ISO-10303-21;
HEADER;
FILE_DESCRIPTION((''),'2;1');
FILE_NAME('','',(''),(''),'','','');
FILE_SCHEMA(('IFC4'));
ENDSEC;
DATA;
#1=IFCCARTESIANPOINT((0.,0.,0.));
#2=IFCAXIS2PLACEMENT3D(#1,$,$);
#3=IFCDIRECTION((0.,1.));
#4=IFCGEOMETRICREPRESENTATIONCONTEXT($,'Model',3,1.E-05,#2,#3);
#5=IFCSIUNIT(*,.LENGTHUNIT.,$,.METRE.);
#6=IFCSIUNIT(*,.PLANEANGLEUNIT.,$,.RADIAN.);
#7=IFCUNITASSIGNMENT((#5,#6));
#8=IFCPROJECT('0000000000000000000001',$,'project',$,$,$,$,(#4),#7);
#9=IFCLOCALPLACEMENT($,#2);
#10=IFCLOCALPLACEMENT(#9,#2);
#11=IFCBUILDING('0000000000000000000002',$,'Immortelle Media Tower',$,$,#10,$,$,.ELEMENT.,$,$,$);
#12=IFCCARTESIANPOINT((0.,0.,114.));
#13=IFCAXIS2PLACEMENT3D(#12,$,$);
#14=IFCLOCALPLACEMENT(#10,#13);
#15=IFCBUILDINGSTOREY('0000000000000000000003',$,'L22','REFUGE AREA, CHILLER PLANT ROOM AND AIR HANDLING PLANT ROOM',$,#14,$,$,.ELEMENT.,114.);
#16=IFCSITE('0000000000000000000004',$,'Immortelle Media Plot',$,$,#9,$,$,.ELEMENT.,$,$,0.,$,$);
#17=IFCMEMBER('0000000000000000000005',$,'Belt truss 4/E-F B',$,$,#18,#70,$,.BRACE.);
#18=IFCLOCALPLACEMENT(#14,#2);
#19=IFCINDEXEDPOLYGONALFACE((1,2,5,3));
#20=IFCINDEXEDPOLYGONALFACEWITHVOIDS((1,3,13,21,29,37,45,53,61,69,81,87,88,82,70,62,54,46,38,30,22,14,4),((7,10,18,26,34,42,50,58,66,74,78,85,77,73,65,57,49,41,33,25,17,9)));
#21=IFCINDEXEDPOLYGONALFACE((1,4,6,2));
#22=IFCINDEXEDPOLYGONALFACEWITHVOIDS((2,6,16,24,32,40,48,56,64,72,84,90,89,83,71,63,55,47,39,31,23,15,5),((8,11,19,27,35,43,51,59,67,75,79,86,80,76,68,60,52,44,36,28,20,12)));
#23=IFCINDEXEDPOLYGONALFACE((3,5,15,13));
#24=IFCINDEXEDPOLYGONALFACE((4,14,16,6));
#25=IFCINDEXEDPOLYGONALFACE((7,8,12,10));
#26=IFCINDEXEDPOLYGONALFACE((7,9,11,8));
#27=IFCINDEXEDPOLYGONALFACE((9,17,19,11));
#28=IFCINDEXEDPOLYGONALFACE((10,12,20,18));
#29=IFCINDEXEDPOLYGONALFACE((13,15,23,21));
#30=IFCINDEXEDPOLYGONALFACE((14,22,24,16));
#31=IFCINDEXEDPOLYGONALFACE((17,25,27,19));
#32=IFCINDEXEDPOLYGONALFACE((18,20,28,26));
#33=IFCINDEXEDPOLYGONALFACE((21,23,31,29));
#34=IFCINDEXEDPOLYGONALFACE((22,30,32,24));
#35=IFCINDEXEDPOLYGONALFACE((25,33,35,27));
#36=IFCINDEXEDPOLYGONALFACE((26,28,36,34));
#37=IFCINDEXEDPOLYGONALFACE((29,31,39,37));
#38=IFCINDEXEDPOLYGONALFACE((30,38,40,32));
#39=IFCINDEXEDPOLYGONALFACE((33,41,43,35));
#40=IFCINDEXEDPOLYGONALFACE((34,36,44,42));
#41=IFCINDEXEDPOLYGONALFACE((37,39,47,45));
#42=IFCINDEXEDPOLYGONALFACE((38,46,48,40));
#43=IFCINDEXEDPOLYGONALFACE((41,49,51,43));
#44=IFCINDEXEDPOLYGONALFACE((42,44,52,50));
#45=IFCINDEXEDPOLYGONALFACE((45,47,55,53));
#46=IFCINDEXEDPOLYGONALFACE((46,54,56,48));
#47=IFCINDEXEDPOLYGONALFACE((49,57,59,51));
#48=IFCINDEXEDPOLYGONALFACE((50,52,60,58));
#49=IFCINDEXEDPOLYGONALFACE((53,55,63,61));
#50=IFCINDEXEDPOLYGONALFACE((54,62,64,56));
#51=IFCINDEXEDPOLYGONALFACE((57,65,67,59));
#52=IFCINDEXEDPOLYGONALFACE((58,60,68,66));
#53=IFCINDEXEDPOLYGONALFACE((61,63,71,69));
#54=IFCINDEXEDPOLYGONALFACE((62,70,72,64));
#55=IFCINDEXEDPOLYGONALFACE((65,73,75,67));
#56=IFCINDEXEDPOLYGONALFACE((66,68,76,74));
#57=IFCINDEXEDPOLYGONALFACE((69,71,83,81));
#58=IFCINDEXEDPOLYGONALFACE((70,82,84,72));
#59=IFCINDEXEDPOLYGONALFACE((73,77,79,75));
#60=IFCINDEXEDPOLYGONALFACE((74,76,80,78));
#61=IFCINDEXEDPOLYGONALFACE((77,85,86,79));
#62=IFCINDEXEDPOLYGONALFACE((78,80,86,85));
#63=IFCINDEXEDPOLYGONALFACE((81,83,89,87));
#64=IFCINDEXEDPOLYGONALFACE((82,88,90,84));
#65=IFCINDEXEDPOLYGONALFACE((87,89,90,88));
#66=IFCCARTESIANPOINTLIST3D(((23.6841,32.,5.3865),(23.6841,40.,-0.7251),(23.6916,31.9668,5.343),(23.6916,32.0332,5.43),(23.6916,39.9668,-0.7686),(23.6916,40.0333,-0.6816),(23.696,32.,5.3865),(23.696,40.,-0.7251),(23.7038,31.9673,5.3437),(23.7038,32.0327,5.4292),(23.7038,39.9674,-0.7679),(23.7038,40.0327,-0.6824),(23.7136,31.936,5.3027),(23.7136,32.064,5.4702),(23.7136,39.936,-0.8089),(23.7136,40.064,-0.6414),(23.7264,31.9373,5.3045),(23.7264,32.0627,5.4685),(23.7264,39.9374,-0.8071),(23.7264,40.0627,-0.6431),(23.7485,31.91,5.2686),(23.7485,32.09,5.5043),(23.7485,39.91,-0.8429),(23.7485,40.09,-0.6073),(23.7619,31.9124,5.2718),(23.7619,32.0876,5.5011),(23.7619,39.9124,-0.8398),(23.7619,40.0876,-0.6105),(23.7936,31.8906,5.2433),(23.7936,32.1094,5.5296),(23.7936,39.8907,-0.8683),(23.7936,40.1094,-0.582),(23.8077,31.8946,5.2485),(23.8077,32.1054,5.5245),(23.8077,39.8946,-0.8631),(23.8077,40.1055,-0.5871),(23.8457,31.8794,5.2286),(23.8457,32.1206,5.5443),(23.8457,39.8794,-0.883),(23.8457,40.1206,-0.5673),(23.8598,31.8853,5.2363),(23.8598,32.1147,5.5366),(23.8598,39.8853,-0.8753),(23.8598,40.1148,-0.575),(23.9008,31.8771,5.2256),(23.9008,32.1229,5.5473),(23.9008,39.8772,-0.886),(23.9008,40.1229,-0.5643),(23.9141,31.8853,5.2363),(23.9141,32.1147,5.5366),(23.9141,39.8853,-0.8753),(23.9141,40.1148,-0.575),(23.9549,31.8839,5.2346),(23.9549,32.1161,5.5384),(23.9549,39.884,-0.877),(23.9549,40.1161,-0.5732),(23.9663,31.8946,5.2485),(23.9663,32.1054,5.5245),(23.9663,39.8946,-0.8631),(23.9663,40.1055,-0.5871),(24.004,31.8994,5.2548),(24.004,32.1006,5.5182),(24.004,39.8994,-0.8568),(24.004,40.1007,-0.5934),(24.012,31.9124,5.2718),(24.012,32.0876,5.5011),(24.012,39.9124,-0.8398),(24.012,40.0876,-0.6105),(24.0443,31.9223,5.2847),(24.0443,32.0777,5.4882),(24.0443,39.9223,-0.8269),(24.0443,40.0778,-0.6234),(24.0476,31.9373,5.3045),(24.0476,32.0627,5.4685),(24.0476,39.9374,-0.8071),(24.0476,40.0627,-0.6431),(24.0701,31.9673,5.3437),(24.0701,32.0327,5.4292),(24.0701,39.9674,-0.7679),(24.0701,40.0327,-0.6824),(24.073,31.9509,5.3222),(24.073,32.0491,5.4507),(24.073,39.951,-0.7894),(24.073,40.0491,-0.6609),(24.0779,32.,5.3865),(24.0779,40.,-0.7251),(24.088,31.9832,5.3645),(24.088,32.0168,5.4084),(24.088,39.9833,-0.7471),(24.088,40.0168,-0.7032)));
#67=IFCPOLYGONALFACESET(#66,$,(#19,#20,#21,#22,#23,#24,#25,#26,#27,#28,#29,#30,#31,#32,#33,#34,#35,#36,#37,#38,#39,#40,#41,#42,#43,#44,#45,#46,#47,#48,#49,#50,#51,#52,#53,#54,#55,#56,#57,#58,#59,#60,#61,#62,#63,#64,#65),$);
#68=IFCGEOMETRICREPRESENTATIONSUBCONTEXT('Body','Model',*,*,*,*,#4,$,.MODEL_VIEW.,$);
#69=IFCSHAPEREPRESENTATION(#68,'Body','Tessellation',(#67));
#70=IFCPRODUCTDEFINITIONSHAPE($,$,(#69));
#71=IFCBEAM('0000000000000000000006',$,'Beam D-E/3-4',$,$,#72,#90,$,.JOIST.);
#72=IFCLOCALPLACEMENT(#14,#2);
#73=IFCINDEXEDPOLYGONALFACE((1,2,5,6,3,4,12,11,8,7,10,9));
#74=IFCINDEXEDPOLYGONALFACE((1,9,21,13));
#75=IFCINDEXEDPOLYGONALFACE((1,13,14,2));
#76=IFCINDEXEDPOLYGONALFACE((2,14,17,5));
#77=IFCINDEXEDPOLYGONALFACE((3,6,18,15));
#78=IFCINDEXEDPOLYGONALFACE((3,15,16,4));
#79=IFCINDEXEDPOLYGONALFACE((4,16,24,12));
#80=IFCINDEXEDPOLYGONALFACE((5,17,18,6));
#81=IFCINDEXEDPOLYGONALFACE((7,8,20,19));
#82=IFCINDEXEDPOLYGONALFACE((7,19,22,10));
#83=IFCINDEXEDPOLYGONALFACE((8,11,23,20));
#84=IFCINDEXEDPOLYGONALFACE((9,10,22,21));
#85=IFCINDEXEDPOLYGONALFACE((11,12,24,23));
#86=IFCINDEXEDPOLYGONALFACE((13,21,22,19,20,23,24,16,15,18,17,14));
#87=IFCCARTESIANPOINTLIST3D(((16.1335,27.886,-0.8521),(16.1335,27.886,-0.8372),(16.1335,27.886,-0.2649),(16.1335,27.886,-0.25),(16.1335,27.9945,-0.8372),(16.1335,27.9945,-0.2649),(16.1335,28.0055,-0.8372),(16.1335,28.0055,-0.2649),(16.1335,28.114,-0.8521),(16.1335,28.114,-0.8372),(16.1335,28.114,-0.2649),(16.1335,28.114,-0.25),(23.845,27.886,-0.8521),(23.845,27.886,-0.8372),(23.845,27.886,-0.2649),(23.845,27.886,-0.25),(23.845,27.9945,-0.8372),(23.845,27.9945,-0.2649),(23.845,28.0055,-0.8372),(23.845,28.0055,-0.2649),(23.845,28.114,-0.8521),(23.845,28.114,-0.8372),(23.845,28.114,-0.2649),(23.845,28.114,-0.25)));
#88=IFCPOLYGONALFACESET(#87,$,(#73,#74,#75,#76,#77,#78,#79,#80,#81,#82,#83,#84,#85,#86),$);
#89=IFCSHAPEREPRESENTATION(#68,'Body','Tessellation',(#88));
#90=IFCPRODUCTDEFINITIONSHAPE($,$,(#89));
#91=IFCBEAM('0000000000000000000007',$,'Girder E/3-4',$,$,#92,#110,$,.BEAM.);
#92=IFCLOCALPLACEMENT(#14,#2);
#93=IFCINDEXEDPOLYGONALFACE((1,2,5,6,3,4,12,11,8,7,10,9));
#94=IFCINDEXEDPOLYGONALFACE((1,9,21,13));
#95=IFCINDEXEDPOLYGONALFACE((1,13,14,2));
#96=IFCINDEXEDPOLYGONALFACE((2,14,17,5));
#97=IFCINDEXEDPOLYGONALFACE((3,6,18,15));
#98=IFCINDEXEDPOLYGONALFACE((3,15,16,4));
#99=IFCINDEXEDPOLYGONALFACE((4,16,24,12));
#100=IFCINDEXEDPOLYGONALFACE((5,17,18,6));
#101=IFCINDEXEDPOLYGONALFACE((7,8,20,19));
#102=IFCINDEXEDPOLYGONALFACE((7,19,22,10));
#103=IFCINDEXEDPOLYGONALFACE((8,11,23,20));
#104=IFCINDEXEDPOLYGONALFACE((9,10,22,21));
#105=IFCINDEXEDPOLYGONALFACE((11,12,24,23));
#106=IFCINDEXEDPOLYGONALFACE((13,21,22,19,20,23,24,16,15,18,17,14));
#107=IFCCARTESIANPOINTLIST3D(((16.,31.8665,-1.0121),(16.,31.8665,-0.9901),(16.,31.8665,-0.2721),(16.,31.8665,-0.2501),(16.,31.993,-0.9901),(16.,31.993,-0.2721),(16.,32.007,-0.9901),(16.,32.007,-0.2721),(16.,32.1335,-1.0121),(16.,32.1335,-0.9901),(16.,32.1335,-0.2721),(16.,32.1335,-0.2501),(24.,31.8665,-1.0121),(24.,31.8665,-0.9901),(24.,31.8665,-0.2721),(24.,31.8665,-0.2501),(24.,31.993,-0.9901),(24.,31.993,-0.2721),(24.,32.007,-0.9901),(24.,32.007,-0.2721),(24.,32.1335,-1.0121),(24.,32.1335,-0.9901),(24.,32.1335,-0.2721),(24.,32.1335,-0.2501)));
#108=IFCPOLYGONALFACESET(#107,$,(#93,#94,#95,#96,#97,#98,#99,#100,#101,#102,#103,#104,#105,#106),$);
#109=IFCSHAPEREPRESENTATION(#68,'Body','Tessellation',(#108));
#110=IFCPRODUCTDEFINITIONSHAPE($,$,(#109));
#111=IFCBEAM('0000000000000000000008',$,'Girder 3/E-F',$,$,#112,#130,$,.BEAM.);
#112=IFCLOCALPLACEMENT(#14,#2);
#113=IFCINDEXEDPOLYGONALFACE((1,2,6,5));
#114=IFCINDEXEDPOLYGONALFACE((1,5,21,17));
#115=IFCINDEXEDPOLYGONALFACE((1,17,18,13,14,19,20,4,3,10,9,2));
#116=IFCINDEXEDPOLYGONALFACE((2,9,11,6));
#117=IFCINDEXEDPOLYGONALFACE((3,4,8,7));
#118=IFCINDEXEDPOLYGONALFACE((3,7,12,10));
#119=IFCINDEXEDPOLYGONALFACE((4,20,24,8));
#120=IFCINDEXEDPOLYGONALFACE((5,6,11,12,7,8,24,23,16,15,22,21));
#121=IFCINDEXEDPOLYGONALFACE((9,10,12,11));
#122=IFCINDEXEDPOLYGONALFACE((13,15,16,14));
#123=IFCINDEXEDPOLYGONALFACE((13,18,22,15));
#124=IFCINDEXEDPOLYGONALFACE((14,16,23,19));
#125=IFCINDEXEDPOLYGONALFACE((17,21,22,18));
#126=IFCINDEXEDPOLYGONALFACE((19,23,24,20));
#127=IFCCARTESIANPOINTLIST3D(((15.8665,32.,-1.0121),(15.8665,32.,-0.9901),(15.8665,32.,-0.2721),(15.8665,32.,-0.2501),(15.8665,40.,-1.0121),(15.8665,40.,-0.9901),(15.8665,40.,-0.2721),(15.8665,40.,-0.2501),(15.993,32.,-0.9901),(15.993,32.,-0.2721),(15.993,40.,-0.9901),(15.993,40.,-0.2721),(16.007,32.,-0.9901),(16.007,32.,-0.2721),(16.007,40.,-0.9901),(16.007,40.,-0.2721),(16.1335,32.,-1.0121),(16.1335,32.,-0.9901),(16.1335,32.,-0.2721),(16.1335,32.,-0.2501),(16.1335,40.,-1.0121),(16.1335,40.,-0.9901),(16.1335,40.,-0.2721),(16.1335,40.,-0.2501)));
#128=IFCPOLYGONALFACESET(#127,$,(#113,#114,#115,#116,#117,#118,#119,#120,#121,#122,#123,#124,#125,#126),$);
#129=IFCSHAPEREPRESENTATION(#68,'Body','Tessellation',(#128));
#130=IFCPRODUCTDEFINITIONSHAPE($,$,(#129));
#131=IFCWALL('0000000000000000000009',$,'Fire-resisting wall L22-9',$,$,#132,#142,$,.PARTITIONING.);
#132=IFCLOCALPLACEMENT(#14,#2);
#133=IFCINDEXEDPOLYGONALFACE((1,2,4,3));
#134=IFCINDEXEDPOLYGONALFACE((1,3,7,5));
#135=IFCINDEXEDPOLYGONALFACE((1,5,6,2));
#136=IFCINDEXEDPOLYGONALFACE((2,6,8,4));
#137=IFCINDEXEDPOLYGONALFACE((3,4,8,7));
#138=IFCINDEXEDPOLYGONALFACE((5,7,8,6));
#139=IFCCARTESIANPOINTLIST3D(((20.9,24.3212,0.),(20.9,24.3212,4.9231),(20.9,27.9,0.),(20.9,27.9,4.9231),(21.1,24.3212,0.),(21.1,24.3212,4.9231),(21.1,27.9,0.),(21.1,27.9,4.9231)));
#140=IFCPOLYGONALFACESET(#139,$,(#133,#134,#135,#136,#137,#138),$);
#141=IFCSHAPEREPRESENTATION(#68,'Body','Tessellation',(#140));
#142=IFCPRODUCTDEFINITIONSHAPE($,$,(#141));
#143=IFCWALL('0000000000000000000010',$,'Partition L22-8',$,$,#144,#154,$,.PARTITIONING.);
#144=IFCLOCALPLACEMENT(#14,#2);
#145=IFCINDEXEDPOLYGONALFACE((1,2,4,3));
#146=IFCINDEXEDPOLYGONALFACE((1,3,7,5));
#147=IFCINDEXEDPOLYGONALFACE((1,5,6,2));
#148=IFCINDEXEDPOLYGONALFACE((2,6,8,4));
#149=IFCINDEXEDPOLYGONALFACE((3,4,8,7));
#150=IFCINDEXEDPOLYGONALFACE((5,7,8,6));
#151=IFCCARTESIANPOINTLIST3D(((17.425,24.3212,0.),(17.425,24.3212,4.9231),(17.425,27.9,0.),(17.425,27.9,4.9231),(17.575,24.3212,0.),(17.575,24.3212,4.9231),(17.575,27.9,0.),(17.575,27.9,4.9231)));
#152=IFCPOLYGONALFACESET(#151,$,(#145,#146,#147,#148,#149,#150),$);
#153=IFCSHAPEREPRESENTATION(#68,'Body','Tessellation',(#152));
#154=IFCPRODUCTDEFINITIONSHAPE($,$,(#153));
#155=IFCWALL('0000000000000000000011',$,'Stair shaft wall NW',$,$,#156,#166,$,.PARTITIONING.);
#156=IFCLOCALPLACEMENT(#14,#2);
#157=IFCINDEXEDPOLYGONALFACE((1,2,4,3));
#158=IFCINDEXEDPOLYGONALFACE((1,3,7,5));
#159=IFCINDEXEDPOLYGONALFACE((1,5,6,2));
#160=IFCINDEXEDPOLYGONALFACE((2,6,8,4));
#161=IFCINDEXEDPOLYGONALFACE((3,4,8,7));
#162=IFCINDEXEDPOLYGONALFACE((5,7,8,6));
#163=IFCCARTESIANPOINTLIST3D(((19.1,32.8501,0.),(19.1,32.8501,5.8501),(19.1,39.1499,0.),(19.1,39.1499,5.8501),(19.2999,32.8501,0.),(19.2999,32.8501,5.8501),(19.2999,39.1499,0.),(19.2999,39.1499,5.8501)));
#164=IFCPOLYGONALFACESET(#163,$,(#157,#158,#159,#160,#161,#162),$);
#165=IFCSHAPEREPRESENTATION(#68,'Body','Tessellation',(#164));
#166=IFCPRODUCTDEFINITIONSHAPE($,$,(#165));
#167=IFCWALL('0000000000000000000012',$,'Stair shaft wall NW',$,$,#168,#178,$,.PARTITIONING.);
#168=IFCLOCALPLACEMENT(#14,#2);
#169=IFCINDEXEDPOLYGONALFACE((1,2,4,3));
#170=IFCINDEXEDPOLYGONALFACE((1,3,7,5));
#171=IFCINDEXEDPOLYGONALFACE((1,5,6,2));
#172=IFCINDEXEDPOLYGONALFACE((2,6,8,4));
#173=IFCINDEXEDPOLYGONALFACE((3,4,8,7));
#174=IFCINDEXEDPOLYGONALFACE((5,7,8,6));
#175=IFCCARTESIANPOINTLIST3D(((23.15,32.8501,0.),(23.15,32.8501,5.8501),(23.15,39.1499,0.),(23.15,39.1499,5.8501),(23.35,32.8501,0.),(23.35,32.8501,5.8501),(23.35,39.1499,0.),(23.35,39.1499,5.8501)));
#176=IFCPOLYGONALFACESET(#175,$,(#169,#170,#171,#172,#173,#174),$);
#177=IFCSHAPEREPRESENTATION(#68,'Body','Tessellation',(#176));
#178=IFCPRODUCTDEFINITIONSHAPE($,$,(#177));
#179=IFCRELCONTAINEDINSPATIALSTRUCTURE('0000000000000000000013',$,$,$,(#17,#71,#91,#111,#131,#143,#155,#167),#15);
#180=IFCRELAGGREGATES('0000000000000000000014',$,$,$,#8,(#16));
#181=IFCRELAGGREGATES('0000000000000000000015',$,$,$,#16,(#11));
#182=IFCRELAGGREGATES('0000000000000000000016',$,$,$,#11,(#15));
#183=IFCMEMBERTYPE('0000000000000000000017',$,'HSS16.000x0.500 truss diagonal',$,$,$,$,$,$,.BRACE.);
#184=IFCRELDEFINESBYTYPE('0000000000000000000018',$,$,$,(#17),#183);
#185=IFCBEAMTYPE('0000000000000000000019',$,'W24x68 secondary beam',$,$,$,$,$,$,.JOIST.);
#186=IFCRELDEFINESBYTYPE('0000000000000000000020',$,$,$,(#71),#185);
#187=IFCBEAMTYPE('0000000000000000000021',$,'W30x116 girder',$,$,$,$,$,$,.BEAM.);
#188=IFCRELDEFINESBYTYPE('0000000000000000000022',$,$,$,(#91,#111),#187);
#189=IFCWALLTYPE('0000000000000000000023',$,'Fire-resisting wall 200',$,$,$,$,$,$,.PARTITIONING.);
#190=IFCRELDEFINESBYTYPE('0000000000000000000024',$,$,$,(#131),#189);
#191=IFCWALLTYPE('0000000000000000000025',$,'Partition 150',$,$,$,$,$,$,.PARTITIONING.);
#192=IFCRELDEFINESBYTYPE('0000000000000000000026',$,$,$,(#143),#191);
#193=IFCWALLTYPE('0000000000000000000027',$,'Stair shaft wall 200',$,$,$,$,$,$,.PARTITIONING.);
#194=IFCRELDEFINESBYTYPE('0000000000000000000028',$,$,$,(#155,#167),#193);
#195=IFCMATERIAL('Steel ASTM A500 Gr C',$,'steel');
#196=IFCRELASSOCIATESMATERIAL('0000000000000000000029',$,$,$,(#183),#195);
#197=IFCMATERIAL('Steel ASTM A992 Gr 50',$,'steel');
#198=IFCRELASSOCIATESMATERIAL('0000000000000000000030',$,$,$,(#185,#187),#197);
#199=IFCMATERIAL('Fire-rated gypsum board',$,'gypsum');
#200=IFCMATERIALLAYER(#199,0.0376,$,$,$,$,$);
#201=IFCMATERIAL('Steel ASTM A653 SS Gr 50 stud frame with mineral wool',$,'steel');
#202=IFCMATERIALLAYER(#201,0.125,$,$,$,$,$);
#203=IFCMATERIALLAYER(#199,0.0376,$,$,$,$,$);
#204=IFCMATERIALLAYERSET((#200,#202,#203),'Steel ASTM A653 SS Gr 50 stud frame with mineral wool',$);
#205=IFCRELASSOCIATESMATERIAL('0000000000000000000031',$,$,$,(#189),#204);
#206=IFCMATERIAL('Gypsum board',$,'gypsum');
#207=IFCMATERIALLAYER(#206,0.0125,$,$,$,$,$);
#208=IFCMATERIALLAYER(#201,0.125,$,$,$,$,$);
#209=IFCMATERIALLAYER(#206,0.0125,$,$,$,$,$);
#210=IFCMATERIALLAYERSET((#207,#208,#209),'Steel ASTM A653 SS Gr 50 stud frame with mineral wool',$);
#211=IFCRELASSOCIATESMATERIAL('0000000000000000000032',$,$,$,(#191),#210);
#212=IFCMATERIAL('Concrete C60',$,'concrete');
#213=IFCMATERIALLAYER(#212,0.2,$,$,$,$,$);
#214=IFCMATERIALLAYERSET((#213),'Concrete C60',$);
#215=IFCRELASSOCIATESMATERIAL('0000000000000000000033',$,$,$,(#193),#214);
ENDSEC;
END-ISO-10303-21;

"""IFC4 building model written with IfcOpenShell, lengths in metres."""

from ifc_helpers import new_model, si_unit, direction, frame, frame_2d, origin, origin_2d, place, context, subcontext, project, spatial, rectangle, hollow_circle, i_section, extrude, material, layer, layer_set, material_profile, profile_set, type_object, element, save


model = new_model("IFC4")

# Units and contexts
model_context = context("Model", 3, precision=1e-05, world=origin(), true_north=direction((0.0, 1.0)))
body_context = subcontext(model_context, "Body", "Model", "MODEL_VIEW")
ifc_project = project(units=[si_unit("LENGTHUNIT", "METRE"), si_unit("PLANEANGLEUNIT", "RADIAN")], contexts=[model_context])

# Site, building, storey
site_placement = place(None, origin())
site = spatial("IfcSite", under=ifc_project, at=site_placement, Name="Immortelle Media Plot", CompositionType="ELEMENT", RefElevation=0.0)
building_placement = place(site_placement, origin())
building = spatial("IfcBuilding", under=site, at=building_placement, Name="Immortelle Media Tower", CompositionType="ELEMENT")
storey_placement = place(building_placement, frame((0.0, 0.0, 114.0)))
storey = spatial("IfcBuildingStorey", under=building, at=storey_placement, Name="L22", Description="REFUGE AREA, CHILLER PLANT ROOM AND AIR HANDLING PLANT ROOM", CompositionType="ELEMENT", Elevation=114.0)

# Shared definitions
ifc_material_1 = material(Name="Steel ASTM A992 Gr 50", Category="steel")

# Member
ifc_material_2 = material(Name="Steel ASTM A500 Gr C", Category="steel")
ifc_material_profile_1 = material_profile(ifc_material_2, hollow_circle(Radius=0.2029, WallThickness=0.012, at=origin_2d()), Name="HSS16.000x0.500 truss diagonal")
ifc_profile_set_1 = profile_set([ifc_material_profile_1], Name="Steel ASTM A500 Gr C")
member_type = type_object("IfcMemberType", Name="HSS16.000x0.500 truss diagonal", PredefinedType="BRACE", material=ifc_profile_set_1)
for number, where, z_axis, x_axis, name in (
    (1, (23.887, 32.0, 5.3865), (0.0, 0.794649, -0.607069), (-1.0, 0.0, 0.0), "Belt truss 4/E-F B"),
):
    element("IfcMember", number, at=place(storey_placement, frame(where, z_axis=z_axis, x_axis=x_axis)), inside=storey, type_object=member_type, Name=name, PredefinedType="BRACE", context=body_context, shape_type="SweptSolid", body=[
        extrude(hollow_circle(Radius=0.2029, WallThickness=0.012, at=origin_2d()), origin(), (0.0, 0.0, 1.0), 10.0674),
    ])

# Beams
ifc_material_profile_2 = material_profile(ifc_material_1, i_section(OverallWidth=0.228, OverallDepth=0.6021, WebThickness=0.011, FlangeThickness=0.0149, at=origin_2d()), Name="W24x68")
ifc_profile_set_2 = profile_set([ifc_material_profile_2], Name="Steel ASTM A992 Gr 50")
beam_type_1 = type_object("IfcBeamType", Name="W24x68 secondary beam", PredefinedType="JOIST", material=ifc_profile_set_2)
beam_placement = place(storey_placement, frame((16.1335, 28.0, -0.551), z_axis=(1.0, 0.0, 0.0), x_axis=(0.0, 1.0, 0.0)))
element("IfcBeam", 2, at=beam_placement, inside=storey, type_object=beam_type_1, Name="Beam D-E/3-4", PredefinedType="JOIST", context=body_context, shape_type="SweptSolid", body=[
    extrude(i_section(OverallWidth=0.228, OverallDepth=0.6021, WebThickness=0.011, FlangeThickness=0.0149, at=origin_2d()), origin(), (0.0, 0.0, 1.0), 7.7114),
])
ifc_material_profile_3 = material_profile(ifc_material_1, i_section(OverallWidth=0.2671, OverallDepth=0.762, WebThickness=0.0139, FlangeThickness=0.022, at=origin_2d()), Name="W30x116")
ifc_profile_set_3 = profile_set([ifc_material_profile_3], Name="Steel ASTM A992 Gr 50")
beam_type_2 = type_object("IfcBeamType", Name="W30x116 girder", PredefinedType="BEAM", material=ifc_profile_set_3)
for number, where, z_axis, x_axis, name in (
    (3, (16.0, 32.0, -0.6311), (1.0, 0.0, 0.0), (0.0, 1.0, 0.0), "Girder E/3-4"),
    (4, (16.0, 32.0, -0.6311), (0.0, 1.0, 0.0), (-1.0, 0.0, 0.0), "Girder 3/E-F"),
):
    element("IfcBeam", number, at=place(storey_placement, frame(where, z_axis=z_axis, x_axis=x_axis)), inside=storey, type_object=beam_type_2, Name=name, PredefinedType="BEAM", context=body_context, shape_type="SweptSolid", body=[
        extrude(i_section(OverallWidth=0.2671, OverallDepth=0.762, WebThickness=0.0139, FlangeThickness=0.022, at=origin_2d()), origin(), (0.0, 0.0, 1.0), 8.0),
    ])

# Walls
ifc_material_3 = material(Name="Fire-rated gypsum board", Category="gypsum")
ifc_layer_1 = layer(ifc_material_3, 0.0376)
ifc_material_4 = material(Name="Steel ASTM A653 SS Gr 50 stud frame with mineral wool", Category="steel")
ifc_layer_2 = layer(ifc_material_4, 0.125)
ifc_layer_3 = layer(ifc_material_3, 0.0376)
ifc_layer_set_1 = layer_set([ifc_layer_1, ifc_layer_2, ifc_layer_3], Name="Steel ASTM A653 SS Gr 50 stud frame with mineral wool")
wall_type_1 = type_object("IfcWallType", Name="Fire-resisting wall 200", PredefinedType="PARTITIONING", material=ifc_layer_set_1)
wall_1_placement = place(storey_placement, frame((21.0, 24.321, 0.0), z_axis=(0.0, 0.0, 1.0), x_axis=(0.0, 1.0, 0.0)))
element("IfcWall", 5, at=wall_1_placement, inside=storey, type_object=wall_type_1, Name="Fire-resisting wall L22-9", PredefinedType="PARTITIONING", context=body_context, shape_type="SweptSolid", body=[
    extrude(rectangle(XDim=3.5789, YDim=0.2, at=frame_2d((1.7896, 0.0))), origin(), (0.0, 0.0, 1.0), 4.9231),
])
ifc_material_5 = material(Name="Gypsum board", Category="gypsum")
ifc_layer_4 = layer(ifc_material_5, 0.0125)
ifc_layer_5 = layer(ifc_material_4, 0.125)
ifc_layer_6 = layer(ifc_material_5, 0.0125)
ifc_layer_set_2 = layer_set([ifc_layer_4, ifc_layer_5, ifc_layer_6], Name="Steel ASTM A653 SS Gr 50 stud frame with mineral wool")
wall_type_2 = type_object("IfcWallType", Name="Partition 150", PredefinedType="PARTITIONING", material=ifc_layer_set_2)
wall_2_placement = place(storey_placement, frame((17.5, 24.321, 0.0), z_axis=(0.0, 0.0, 1.0), x_axis=(0.0, 1.0, 0.0)))
element("IfcWall", 6, at=wall_2_placement, inside=storey, type_object=wall_type_2, Name="Partition L22-8", PredefinedType="PARTITIONING", context=body_context, shape_type="SweptSolid", body=[
    extrude(rectangle(XDim=3.5789, YDim=0.1499, at=frame_2d((1.7896, 0.0))), origin(), (0.0, 0.0, 1.0), 4.9231),
])
ifc_material_6 = material(Name="Concrete C60", Category="concrete")
ifc_layer_7 = layer(ifc_material_6, 0.2)
ifc_layer_set_3 = layer_set([ifc_layer_7], Name="Concrete C60")
wall_type_3 = type_object("IfcWallType", Name="Stair shaft wall 200", PredefinedType="PARTITIONING", material=ifc_layer_set_3)
for number, where, z_axis, x_axis, name in (
    (7, (19.2, 32.8501, 0.0), (0.0, 0.0, 1.0), (0.0, 1.0, 0.0), "Stair shaft wall NW"),
    (8, (23.25, 32.8501, 0.0), (0.0, 0.0, 1.0), (0.0, 1.0, 0.0), "Stair shaft wall NW"),
):
    element("IfcWall", number, at=place(storey_placement, frame(where, z_axis=z_axis, x_axis=x_axis)), inside=storey, type_object=wall_type_3, Name=name, PredefinedType="PARTITIONING", context=body_context, shape_type="SweptSolid", body=[
        extrude(rectangle(XDim=6.2998, YDim=0.2, at=frame_2d((3.1499, 0.0))), origin(), (0.0, 0.0, 1.0), 5.8501),
    ])

save(model, "model.ifc")
